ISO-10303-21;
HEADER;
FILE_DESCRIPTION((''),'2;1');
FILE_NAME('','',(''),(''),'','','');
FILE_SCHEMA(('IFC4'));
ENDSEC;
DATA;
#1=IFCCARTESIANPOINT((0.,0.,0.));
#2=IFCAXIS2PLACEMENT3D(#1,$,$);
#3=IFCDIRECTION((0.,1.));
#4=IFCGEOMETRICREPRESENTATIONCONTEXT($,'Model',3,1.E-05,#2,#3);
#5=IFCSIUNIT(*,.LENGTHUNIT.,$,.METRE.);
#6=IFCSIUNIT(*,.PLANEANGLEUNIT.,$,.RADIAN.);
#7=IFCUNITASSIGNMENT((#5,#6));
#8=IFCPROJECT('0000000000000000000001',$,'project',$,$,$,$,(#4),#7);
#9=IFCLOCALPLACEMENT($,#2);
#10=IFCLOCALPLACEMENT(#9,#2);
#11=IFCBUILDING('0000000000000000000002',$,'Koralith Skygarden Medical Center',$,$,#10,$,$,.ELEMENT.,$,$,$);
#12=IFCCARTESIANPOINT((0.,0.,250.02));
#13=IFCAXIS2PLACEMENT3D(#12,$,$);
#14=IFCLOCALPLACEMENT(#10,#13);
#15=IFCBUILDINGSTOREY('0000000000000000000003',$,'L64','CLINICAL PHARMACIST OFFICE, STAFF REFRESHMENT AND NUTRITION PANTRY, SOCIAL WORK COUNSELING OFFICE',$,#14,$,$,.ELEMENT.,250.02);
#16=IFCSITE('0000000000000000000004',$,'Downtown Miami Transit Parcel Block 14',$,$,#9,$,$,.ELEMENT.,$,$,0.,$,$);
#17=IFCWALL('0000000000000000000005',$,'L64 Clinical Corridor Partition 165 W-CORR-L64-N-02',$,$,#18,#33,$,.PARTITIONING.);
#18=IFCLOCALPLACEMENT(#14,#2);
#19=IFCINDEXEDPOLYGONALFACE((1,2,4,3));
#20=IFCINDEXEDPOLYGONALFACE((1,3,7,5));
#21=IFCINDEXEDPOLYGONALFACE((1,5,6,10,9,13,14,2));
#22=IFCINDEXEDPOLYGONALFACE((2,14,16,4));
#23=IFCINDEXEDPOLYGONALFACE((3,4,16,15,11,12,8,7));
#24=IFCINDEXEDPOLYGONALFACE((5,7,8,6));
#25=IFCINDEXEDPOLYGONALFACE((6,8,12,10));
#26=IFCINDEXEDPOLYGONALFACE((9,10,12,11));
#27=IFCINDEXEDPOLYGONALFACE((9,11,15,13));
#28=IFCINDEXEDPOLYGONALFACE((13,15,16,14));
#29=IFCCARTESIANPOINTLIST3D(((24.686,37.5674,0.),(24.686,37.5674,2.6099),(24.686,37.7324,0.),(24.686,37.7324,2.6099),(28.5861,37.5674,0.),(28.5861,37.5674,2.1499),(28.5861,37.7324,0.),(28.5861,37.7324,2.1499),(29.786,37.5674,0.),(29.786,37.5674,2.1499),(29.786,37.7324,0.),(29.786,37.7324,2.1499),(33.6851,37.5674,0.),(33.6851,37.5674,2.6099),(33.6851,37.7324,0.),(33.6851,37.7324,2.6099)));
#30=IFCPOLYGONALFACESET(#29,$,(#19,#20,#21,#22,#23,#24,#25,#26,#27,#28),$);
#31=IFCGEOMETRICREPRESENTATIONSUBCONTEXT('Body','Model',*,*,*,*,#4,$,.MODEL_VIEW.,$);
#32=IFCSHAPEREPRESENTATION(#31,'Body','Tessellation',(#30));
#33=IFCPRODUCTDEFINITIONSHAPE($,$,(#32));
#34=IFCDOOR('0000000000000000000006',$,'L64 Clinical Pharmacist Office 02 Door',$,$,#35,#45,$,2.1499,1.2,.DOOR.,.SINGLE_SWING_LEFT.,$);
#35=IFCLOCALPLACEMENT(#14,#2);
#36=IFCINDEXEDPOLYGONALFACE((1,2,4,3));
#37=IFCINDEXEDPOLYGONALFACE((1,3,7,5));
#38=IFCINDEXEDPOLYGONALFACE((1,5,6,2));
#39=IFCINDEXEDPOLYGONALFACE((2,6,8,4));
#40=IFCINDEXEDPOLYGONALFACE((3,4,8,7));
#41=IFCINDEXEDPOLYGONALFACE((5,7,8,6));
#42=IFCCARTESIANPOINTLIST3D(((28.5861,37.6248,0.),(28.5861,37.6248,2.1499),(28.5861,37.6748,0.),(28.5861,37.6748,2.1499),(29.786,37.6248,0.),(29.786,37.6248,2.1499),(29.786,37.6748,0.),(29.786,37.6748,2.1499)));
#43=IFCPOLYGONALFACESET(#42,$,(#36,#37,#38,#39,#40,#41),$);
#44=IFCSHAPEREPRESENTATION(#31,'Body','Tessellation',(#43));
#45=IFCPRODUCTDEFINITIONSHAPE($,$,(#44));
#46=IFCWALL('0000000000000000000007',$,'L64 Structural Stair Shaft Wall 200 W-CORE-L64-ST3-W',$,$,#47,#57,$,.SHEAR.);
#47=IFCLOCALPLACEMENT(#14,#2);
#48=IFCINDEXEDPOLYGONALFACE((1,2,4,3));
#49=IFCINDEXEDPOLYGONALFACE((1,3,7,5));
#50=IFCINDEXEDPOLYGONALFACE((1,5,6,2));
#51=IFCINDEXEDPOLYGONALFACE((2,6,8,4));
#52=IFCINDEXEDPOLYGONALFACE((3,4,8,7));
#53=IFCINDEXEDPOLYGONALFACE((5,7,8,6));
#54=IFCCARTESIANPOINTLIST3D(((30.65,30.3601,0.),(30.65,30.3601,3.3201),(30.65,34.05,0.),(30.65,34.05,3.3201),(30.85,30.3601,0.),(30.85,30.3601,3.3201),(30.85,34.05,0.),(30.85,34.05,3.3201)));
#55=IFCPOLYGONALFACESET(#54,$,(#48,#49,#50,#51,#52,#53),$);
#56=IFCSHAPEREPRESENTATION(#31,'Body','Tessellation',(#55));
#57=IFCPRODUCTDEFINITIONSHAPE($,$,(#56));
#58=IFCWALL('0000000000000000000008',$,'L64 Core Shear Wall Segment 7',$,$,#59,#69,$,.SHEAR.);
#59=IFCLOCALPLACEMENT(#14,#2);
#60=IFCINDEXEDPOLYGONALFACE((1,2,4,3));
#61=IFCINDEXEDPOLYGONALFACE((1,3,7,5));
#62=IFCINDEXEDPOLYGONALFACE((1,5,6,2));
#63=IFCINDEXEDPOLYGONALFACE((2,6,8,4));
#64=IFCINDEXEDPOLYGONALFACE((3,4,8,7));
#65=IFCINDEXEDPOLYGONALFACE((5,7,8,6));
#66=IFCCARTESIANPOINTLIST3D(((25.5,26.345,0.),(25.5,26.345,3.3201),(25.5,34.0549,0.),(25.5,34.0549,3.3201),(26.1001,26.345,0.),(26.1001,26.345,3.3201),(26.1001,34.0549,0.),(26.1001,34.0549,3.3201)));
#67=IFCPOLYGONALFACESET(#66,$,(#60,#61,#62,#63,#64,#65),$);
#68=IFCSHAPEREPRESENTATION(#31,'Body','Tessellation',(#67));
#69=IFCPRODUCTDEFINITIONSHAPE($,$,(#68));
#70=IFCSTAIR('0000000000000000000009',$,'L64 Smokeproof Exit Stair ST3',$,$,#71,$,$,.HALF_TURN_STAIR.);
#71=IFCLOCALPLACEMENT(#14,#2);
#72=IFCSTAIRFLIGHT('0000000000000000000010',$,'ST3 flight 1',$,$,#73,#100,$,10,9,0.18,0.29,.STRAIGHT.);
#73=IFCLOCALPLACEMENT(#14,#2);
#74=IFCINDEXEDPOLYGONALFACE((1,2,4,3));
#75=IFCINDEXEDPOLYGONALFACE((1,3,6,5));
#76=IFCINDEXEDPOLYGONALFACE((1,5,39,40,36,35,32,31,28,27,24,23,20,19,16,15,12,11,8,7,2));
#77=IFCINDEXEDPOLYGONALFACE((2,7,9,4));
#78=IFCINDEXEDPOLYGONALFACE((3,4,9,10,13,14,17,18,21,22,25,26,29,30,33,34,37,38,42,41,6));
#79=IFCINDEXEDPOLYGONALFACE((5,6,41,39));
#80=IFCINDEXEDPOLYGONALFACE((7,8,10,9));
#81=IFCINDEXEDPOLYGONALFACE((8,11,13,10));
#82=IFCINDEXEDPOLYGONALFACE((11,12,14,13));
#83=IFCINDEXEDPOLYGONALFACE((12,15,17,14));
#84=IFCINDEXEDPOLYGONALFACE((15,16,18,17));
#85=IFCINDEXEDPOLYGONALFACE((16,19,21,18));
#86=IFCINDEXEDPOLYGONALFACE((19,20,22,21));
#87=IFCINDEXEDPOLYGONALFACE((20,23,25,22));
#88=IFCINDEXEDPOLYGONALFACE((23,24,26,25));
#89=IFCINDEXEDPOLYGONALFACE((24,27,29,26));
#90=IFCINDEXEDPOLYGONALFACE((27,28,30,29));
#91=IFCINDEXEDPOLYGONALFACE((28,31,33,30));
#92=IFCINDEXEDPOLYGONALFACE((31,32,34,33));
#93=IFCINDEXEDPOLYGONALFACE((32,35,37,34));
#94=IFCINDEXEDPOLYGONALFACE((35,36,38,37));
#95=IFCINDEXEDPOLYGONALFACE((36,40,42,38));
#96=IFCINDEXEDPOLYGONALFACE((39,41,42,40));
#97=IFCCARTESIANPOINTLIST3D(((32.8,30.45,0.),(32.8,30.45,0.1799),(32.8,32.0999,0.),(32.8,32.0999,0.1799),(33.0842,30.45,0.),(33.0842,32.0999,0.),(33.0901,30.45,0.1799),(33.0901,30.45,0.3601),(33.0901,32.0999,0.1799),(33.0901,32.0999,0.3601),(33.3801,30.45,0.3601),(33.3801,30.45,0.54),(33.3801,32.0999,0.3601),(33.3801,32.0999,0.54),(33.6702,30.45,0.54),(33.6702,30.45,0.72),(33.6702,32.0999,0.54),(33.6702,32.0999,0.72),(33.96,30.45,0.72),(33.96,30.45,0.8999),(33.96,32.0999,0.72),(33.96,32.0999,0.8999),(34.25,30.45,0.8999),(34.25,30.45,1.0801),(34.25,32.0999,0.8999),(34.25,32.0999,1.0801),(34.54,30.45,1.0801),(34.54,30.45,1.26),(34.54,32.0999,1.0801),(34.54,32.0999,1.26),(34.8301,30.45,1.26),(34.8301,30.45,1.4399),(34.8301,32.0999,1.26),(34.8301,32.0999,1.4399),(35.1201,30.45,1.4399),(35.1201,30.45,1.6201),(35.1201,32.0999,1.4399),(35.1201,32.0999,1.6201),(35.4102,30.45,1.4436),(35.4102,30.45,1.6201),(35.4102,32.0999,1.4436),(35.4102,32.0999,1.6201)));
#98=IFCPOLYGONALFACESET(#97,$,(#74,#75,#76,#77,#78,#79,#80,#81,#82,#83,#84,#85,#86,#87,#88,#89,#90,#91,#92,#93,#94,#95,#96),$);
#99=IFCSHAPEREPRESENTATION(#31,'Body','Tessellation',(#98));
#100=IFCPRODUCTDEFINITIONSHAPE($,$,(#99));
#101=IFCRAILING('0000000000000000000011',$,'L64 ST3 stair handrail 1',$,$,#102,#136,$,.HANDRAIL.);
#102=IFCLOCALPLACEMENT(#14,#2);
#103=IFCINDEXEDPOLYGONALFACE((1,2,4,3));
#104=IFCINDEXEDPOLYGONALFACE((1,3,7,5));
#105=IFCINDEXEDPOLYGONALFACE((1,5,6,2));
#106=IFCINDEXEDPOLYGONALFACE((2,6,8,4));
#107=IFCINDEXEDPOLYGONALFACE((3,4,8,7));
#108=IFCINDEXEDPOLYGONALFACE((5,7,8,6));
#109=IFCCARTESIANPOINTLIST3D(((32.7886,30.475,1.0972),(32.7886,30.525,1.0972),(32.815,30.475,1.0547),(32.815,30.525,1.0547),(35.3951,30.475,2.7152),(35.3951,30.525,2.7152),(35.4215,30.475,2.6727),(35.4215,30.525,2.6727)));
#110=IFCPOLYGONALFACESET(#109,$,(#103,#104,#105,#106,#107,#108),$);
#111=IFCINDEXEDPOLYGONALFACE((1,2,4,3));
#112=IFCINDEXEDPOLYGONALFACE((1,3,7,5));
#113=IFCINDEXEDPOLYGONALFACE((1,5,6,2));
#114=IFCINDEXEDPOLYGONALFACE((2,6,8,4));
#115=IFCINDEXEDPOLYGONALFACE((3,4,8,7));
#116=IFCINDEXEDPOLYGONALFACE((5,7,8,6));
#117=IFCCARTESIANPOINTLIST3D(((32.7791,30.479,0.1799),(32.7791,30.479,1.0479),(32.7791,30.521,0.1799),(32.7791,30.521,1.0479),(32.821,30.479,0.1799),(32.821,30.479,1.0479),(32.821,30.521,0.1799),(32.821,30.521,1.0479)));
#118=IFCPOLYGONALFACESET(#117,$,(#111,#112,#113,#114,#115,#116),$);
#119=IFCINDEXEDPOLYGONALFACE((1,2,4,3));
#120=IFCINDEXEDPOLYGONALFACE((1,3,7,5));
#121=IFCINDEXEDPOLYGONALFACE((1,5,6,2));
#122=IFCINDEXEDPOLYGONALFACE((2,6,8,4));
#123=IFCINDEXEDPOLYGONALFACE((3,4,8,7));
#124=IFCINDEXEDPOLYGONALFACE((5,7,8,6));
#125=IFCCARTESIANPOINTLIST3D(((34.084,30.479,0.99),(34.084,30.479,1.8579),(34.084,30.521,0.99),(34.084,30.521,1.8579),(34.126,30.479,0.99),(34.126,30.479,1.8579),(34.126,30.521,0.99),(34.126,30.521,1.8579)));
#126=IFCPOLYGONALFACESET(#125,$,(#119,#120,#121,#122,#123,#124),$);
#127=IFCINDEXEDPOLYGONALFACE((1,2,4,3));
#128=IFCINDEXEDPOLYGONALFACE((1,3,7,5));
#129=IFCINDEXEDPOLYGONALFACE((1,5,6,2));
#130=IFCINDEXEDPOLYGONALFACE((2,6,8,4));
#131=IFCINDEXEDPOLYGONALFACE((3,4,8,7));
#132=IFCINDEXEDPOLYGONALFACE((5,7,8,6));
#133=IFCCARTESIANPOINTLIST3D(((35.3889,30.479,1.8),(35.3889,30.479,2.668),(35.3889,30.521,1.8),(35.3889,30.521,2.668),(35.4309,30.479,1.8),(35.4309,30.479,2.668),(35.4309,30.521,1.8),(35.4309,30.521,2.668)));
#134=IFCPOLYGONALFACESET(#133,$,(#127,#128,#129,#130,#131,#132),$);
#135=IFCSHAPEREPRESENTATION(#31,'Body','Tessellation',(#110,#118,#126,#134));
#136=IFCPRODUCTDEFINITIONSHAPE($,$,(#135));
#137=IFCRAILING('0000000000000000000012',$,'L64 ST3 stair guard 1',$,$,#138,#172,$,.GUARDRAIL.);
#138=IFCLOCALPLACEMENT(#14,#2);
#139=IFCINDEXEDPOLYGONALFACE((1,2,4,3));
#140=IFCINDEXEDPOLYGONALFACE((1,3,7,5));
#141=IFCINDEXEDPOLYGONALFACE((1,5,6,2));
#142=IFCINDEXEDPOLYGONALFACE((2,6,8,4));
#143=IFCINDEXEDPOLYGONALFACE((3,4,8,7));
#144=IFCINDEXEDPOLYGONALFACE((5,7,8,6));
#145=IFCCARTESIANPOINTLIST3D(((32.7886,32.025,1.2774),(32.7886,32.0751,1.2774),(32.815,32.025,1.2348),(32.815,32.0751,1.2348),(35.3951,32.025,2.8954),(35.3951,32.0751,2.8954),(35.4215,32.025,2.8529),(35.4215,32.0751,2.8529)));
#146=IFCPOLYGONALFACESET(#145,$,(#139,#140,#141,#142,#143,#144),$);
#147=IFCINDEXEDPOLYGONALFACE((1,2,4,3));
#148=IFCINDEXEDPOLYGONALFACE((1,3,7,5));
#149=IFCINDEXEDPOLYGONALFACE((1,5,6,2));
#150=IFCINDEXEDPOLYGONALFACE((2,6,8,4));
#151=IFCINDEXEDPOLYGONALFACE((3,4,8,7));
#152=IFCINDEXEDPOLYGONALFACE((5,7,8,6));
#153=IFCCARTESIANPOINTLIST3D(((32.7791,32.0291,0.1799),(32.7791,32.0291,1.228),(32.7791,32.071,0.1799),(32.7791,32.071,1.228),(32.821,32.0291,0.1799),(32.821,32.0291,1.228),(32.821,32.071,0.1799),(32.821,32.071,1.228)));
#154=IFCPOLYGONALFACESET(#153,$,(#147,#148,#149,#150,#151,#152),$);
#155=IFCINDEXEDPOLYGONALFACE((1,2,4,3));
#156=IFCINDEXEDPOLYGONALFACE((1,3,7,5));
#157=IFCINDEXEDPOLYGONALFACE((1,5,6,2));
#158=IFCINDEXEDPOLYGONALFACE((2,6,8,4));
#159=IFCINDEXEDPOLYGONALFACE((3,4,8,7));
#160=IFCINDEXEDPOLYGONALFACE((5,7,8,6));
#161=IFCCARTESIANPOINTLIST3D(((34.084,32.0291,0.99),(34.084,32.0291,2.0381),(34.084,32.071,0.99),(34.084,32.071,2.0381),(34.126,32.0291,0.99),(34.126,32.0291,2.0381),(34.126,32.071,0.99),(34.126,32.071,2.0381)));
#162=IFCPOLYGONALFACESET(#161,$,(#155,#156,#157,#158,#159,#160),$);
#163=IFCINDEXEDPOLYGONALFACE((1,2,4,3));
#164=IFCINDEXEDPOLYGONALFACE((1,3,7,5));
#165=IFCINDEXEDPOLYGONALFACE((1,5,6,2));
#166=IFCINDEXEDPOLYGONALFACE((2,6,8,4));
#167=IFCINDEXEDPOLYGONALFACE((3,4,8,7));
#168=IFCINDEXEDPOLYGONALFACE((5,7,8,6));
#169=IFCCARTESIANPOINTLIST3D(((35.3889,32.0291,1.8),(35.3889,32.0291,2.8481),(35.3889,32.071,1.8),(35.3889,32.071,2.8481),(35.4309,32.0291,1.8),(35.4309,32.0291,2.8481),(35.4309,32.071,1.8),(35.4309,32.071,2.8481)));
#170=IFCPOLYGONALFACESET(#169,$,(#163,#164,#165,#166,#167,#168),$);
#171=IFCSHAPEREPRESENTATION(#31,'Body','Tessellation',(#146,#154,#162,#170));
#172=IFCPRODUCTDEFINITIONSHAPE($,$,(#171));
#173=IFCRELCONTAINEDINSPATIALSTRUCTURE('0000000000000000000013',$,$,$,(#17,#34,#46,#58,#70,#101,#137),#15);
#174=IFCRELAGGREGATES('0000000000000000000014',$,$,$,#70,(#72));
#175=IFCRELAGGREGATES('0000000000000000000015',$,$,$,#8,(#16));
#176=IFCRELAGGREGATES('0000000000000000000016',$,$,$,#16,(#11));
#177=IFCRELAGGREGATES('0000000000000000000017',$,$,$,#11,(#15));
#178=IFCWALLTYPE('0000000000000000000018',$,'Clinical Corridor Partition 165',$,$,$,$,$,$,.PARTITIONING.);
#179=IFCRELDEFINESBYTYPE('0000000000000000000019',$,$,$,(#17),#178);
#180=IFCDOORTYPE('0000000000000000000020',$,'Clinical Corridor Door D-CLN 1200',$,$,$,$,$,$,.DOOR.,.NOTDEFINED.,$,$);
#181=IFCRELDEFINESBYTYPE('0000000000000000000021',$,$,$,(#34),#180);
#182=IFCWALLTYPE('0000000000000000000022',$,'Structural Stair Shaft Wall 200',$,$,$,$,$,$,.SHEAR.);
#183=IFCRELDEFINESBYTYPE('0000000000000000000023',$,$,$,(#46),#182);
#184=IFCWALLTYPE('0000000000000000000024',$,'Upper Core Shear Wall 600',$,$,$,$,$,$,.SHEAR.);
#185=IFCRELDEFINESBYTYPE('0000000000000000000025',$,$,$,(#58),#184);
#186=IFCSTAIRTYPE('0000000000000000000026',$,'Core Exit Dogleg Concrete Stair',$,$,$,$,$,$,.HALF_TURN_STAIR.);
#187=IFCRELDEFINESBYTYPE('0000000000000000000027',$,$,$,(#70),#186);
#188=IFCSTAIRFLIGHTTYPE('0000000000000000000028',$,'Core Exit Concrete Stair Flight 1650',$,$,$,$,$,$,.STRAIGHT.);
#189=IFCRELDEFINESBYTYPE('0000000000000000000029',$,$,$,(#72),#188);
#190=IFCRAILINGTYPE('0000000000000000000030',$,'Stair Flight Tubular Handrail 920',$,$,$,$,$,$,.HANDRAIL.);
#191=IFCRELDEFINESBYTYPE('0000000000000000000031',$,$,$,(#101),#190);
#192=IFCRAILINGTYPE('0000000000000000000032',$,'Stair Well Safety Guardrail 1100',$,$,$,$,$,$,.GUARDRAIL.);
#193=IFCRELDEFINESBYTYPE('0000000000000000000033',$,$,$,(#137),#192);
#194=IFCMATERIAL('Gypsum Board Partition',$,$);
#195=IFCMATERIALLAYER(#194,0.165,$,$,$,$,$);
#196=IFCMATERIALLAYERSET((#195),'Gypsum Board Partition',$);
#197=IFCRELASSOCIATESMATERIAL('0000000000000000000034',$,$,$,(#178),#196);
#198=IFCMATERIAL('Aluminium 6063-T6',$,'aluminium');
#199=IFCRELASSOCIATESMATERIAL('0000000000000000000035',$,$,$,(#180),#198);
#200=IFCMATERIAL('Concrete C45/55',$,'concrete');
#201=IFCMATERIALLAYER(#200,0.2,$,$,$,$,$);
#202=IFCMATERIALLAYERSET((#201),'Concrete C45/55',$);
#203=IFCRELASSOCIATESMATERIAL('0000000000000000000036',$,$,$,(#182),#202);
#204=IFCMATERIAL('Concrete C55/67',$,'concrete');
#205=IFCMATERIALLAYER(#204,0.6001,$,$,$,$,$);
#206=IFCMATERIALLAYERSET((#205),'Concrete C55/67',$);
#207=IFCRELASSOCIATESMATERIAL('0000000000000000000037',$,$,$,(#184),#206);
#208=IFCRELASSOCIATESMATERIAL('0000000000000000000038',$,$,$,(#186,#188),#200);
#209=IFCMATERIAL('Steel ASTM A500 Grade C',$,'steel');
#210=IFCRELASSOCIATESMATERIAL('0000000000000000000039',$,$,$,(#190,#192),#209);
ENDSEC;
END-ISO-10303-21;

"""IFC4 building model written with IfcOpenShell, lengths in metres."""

from ifc_helpers import new_model, si_unit, direction, frame, frame_2d, origin, origin_2d, place, context, subcontext, project, spatial, polyline, rectangle, outline, extrude, material, layer, layer_set, type_object, element, fill, aggregate, save


model = new_model("IFC4")

# Units and contexts
model_context = context("Model", 3, precision=1e-05, world=origin(), true_north=direction((0.0, 1.0)))
body_context = subcontext(model_context, "Body", "Model", "MODEL_VIEW")
ifc_project = project(units=[si_unit("LENGTHUNIT", "METRE"), si_unit("PLANEANGLEUNIT", "RADIAN")], contexts=[model_context])

# Site, building, storey
site_placement = place(None, origin())
site = spatial("IfcSite", under=ifc_project, at=site_placement, Name="Downtown Miami Transit Parcel Block 14", CompositionType="ELEMENT", RefElevation=0.0)
building_placement = place(site_placement, origin())
building = spatial("IfcBuilding", under=site, at=building_placement, Name="Koralith Skygarden Medical Center", CompositionType="ELEMENT")
storey_placement = place(building_placement, frame((0.0, 0.0, 250.02)))
storey = spatial("IfcBuildingStorey", under=building, at=storey_placement, Name="L64", Description="CLINICAL PHARMACIST OFFICE, STAFF REFRESHMENT AND NUTRITION PANTRY, SOCIAL WORK COUNSELING OFFICE", CompositionType="ELEMENT", Elevation=250.02)

# Shared definitions
ifc_material_1 = material(Name="Concrete C55/67", Category="concrete")

# Shared definitions
ifc_material_2 = material(Name="Aluminium 6063-T6", Category="aluminium")

# Shared definitions
ifc_material_3 = material(Name="Concrete C45/55", Category="concrete")

# Shared definitions
ifc_material_4 = material(Name="Gypsum Board Partition")

# Wall, opening, door
ifc_layer_1 = layer(ifc_material_4, 0.165)
ifc_layer_set_1 = layer_set([ifc_layer_1], Name="Gypsum Board Partition")
wall_type_1 = type_object("IfcWallType", Name="Clinical Corridor Partition 165", PredefinedType="PARTITIONING", material=ifc_layer_set_1)
wall_1_placement = place(storey_placement, frame((24.686, 37.6499, 0.0), z_axis=(0.0, 0.0, 1.0), x_axis=(1.0, 0.0, 0.0)))
wall_1 = element("IfcWall", 1, at=wall_1_placement, inside=storey, type_object=wall_type_1, Name="L64 Clinical Corridor Partition 165 W-CORR-L64-N-02", PredefinedType="PARTITIONING", context=body_context, shape_type="SweptSolid", body=[
    extrude(rectangle(XDim=8.999, YDim=0.165, at=frame_2d((4.4995, 0.0))), origin(), (0.0, 0.0, 1.0), 2.6099),
])
opening_placement = place(wall_1_placement, frame((3.8999, 0.0, 0.0)))
opening = element("IfcOpeningElement", 2, at=opening_placement, cuts=wall_1, PredefinedType="OPENING", context=body_context, shape_type="SweptSolid", body=[
    extrude(rectangle(XDim=1.2, YDim=2.1499, at=frame_2d((0.6001, 1.075))), frame((0.0, 0.0925, 0.0), z_axis=(0.0, -1.0, 0.0), x_axis=(1.0, 0.0, 0.0)), (0.0, 0.0, 1.0), 0.1851),
])
door_type = type_object("IfcDoorType", Name="Clinical Corridor Door D-CLN 1200", OperationType="NOTDEFINED", PredefinedType="DOOR", material=ifc_material_2)
door_placement = place(opening_placement, origin())
door = element("IfcDoor", 3, at=door_placement, inside=storey, type_object=door_type, Name="L64 Clinical Pharmacist Office 02 Door", OperationType="SINGLE_SWING_LEFT", OverallHeight=2.1499, OverallWidth=1.2, PredefinedType="DOOR", context=body_context, shape_type="SweptSolid", body=[
    extrude(rectangle(XDim=1.2, YDim=2.1499, at=frame_2d((0.6001, 1.075))), frame((0.0, 0.0249, 0.0), z_axis=(0.0, -1.0, 0.0), x_axis=(1.0, 0.0, 0.0)), (0.0, 0.0, 1.0), 0.05),
])
fill(opening, door)

# Walls
ifc_layer_2 = layer(ifc_material_3, 0.2)
ifc_layer_set_2 = layer_set([ifc_layer_2], Name="Concrete C45/55")
wall_type_2 = type_object("IfcWallType", Name="Structural Stair Shaft Wall 200", PredefinedType="SHEAR", material=ifc_layer_set_2)
wall_2_placement = place(storey_placement, frame((30.75, 30.3601, 0.0), z_axis=(0.0, 0.0, 1.0), x_axis=(0.0, 1.0, 0.0)))
element("IfcWall", 4, at=wall_2_placement, inside=storey, type_object=wall_type_2, Name="L64 Structural Stair Shaft Wall 200 W-CORE-L64-ST3-W", PredefinedType="SHEAR", context=body_context, shape_type="SweptSolid", body=[
    extrude(rectangle(XDim=3.6899, YDim=0.2, at=frame_2d((1.845, 0.0))), origin(), (0.0, 0.0, 1.0), 3.3201),
])
ifc_layer_3 = layer(ifc_material_1, 0.6001)
ifc_layer_set_3 = layer_set([ifc_layer_3], Name="Concrete C55/67")
wall_type_3 = type_object("IfcWallType", Name="Upper Core Shear Wall 600", PredefinedType="SHEAR", material=ifc_layer_set_3)
wall_3_placement = place(storey_placement, frame((25.8, 34.0549, 0.0), z_axis=(0.0, 0.0, 1.0), x_axis=(0.0, -1.0, 0.0)))
element("IfcWall", 5, at=wall_3_placement, inside=storey, type_object=wall_type_3, Name="L64 Core Shear Wall Segment 7", PredefinedType="SHEAR", context=body_context, shape_type="SweptSolid", body=[
    extrude(rectangle(XDim=7.71, YDim=0.6001, at=frame_2d((3.855, 0.0))), origin(), (0.0, 0.0, 1.0), 3.3201),
])

# Stair, stair flight
stair_type = type_object("IfcStairType", Name="Core Exit Dogleg Concrete Stair", PredefinedType="HALF_TURN_STAIR", material=ifc_material_3)
stair_placement = place(storey_placement, origin())
stair = element("IfcStair", 6, at=stair_placement, inside=storey, type_object=stair_type, Name="L64 Smokeproof Exit Stair ST3", PredefinedType="HALF_TURN_STAIR")
stair_flight_type = type_object("IfcStairFlightType", Name="Core Exit Concrete Stair Flight 1650", PredefinedType="STRAIGHT", material=ifc_material_3)
stair_flight_placement = place(storey_placement, frame((32.8, 31.2749, 0.0), z_axis=(0.0, 0.0, 1.0), x_axis=(1.0, 0.0, 0.0)))
stair_flight = element("IfcStairFlight", 7, at=stair_flight_placement, type_object=stair_flight_type, Name="ST3 flight 1", NumberOfRisers=10, NumberOfTreads=9, PredefinedType="STRAIGHT", RiserHeight=0.18, TreadLength=0.29, context=body_context, shape_type="SweptSolid", body=[
    extrude(outline(polyline([(0.0, 0.0), (0.0, 0.1799), (0.29, 0.1799), (0.29, 0.3601), (0.5801, 0.3601), (0.5801, 0.54), (0.8701, 0.54), (0.8701, 0.72), (1.1599, 0.72), (1.1599, 0.8999), (1.45, 0.8999), (1.45, 1.0801), (1.74, 1.0801), (1.74, 1.26), (2.03, 1.26), (2.03, 1.4399), (2.3201, 1.4399), (2.3201, 1.6201), (2.6101, 1.6201), (2.6101, 1.8), (2.6101, 1.4436), (0.2842, 0.0), (0.0, 0.0)])), frame((0.0, 0.825, 0.0), z_axis=(0.0, -1.0, 0.0), x_axis=(1.0, 0.0, 0.0)), (0.0, 0.0, 1.0), 1.6499),
])
aggregate(stair, [stair_flight])

# Railings
ifc_material_5 = material(Name="Steel ASTM A500 Grade C", Category="steel")
railing_type_1 = type_object("IfcRailingType", Name="Stair Flight Tubular Handrail 920", PredefinedType="HANDRAIL", material=ifc_material_5)
railing_1_placement = place(storey_placement, frame((32.8, 30.5, 0.1799)))
element("IfcRailing", 8, at=railing_1_placement, inside=storey, type_object=railing_type_1, Name="L64 ST3 stair handrail 1", PredefinedType="HANDRAIL", context=body_context, shape_type="SweptSolid", body=[
    extrude(rectangle(XDim=0.05, YDim=0.05, at=origin_2d()), frame((0.0017, 0.0, 0.896), z_axis=(0.849611, 0.0, 0.52741), x_axis=(0.0, 1.0, 0.0)), (0.0, 0.0, 1.0), 3.0679),
    extrude(rectangle(XDim=0.042, YDim=0.042, at=origin_2d()), origin(), (0.0, 0.0, 1.0), 0.8679),
    extrude(rectangle(XDim=0.042, YDim=0.042, at=origin_2d()), frame((1.3049, 0.0, 0.8101)), (0.0, 0.0, 1.0), 0.8679),
    extrude(rectangle(XDim=0.042, YDim=0.042, at=origin_2d()), frame((2.6099, 0.0, 1.6201)), (0.0, 0.0, 1.0), 0.8679),
])
railing_type_2 = type_object("IfcRailingType", Name="Stair Well Safety Guardrail 1100", PredefinedType="GUARDRAIL", material=ifc_material_5)
railing_2_placement = place(storey_placement, frame((32.8, 32.05, 0.1799)))
element("IfcRailing", 9, at=railing_2_placement, inside=storey, type_object=railing_type_2, Name="L64 ST3 stair guard 1", PredefinedType="GUARDRAIL", context=body_context, shape_type="SweptSolid", body=[
    extrude(rectangle(XDim=0.05, YDim=0.05, at=origin_2d()), frame((0.0017, 0.0, 1.0762), z_axis=(0.849611, 0.0, 0.52741), x_axis=(0.0, 1.0, 0.0)), (0.0, 0.0, 1.0), 3.0679),
    extrude(rectangle(XDim=0.042, YDim=0.042, at=origin_2d()), origin(), (0.0, 0.0, 1.0), 1.0481),
    extrude(rectangle(XDim=0.042, YDim=0.042, at=origin_2d()), frame((1.3049, 0.0, 0.8101)), (0.0, 0.0, 1.0), 1.0481),
    extrude(rectangle(XDim=0.042, YDim=0.042, at=origin_2d()), frame((2.6099, 0.0, 1.6201)), (0.0, 0.0, 1.0), 1.0481),
])

save(model, "model.ifc")
